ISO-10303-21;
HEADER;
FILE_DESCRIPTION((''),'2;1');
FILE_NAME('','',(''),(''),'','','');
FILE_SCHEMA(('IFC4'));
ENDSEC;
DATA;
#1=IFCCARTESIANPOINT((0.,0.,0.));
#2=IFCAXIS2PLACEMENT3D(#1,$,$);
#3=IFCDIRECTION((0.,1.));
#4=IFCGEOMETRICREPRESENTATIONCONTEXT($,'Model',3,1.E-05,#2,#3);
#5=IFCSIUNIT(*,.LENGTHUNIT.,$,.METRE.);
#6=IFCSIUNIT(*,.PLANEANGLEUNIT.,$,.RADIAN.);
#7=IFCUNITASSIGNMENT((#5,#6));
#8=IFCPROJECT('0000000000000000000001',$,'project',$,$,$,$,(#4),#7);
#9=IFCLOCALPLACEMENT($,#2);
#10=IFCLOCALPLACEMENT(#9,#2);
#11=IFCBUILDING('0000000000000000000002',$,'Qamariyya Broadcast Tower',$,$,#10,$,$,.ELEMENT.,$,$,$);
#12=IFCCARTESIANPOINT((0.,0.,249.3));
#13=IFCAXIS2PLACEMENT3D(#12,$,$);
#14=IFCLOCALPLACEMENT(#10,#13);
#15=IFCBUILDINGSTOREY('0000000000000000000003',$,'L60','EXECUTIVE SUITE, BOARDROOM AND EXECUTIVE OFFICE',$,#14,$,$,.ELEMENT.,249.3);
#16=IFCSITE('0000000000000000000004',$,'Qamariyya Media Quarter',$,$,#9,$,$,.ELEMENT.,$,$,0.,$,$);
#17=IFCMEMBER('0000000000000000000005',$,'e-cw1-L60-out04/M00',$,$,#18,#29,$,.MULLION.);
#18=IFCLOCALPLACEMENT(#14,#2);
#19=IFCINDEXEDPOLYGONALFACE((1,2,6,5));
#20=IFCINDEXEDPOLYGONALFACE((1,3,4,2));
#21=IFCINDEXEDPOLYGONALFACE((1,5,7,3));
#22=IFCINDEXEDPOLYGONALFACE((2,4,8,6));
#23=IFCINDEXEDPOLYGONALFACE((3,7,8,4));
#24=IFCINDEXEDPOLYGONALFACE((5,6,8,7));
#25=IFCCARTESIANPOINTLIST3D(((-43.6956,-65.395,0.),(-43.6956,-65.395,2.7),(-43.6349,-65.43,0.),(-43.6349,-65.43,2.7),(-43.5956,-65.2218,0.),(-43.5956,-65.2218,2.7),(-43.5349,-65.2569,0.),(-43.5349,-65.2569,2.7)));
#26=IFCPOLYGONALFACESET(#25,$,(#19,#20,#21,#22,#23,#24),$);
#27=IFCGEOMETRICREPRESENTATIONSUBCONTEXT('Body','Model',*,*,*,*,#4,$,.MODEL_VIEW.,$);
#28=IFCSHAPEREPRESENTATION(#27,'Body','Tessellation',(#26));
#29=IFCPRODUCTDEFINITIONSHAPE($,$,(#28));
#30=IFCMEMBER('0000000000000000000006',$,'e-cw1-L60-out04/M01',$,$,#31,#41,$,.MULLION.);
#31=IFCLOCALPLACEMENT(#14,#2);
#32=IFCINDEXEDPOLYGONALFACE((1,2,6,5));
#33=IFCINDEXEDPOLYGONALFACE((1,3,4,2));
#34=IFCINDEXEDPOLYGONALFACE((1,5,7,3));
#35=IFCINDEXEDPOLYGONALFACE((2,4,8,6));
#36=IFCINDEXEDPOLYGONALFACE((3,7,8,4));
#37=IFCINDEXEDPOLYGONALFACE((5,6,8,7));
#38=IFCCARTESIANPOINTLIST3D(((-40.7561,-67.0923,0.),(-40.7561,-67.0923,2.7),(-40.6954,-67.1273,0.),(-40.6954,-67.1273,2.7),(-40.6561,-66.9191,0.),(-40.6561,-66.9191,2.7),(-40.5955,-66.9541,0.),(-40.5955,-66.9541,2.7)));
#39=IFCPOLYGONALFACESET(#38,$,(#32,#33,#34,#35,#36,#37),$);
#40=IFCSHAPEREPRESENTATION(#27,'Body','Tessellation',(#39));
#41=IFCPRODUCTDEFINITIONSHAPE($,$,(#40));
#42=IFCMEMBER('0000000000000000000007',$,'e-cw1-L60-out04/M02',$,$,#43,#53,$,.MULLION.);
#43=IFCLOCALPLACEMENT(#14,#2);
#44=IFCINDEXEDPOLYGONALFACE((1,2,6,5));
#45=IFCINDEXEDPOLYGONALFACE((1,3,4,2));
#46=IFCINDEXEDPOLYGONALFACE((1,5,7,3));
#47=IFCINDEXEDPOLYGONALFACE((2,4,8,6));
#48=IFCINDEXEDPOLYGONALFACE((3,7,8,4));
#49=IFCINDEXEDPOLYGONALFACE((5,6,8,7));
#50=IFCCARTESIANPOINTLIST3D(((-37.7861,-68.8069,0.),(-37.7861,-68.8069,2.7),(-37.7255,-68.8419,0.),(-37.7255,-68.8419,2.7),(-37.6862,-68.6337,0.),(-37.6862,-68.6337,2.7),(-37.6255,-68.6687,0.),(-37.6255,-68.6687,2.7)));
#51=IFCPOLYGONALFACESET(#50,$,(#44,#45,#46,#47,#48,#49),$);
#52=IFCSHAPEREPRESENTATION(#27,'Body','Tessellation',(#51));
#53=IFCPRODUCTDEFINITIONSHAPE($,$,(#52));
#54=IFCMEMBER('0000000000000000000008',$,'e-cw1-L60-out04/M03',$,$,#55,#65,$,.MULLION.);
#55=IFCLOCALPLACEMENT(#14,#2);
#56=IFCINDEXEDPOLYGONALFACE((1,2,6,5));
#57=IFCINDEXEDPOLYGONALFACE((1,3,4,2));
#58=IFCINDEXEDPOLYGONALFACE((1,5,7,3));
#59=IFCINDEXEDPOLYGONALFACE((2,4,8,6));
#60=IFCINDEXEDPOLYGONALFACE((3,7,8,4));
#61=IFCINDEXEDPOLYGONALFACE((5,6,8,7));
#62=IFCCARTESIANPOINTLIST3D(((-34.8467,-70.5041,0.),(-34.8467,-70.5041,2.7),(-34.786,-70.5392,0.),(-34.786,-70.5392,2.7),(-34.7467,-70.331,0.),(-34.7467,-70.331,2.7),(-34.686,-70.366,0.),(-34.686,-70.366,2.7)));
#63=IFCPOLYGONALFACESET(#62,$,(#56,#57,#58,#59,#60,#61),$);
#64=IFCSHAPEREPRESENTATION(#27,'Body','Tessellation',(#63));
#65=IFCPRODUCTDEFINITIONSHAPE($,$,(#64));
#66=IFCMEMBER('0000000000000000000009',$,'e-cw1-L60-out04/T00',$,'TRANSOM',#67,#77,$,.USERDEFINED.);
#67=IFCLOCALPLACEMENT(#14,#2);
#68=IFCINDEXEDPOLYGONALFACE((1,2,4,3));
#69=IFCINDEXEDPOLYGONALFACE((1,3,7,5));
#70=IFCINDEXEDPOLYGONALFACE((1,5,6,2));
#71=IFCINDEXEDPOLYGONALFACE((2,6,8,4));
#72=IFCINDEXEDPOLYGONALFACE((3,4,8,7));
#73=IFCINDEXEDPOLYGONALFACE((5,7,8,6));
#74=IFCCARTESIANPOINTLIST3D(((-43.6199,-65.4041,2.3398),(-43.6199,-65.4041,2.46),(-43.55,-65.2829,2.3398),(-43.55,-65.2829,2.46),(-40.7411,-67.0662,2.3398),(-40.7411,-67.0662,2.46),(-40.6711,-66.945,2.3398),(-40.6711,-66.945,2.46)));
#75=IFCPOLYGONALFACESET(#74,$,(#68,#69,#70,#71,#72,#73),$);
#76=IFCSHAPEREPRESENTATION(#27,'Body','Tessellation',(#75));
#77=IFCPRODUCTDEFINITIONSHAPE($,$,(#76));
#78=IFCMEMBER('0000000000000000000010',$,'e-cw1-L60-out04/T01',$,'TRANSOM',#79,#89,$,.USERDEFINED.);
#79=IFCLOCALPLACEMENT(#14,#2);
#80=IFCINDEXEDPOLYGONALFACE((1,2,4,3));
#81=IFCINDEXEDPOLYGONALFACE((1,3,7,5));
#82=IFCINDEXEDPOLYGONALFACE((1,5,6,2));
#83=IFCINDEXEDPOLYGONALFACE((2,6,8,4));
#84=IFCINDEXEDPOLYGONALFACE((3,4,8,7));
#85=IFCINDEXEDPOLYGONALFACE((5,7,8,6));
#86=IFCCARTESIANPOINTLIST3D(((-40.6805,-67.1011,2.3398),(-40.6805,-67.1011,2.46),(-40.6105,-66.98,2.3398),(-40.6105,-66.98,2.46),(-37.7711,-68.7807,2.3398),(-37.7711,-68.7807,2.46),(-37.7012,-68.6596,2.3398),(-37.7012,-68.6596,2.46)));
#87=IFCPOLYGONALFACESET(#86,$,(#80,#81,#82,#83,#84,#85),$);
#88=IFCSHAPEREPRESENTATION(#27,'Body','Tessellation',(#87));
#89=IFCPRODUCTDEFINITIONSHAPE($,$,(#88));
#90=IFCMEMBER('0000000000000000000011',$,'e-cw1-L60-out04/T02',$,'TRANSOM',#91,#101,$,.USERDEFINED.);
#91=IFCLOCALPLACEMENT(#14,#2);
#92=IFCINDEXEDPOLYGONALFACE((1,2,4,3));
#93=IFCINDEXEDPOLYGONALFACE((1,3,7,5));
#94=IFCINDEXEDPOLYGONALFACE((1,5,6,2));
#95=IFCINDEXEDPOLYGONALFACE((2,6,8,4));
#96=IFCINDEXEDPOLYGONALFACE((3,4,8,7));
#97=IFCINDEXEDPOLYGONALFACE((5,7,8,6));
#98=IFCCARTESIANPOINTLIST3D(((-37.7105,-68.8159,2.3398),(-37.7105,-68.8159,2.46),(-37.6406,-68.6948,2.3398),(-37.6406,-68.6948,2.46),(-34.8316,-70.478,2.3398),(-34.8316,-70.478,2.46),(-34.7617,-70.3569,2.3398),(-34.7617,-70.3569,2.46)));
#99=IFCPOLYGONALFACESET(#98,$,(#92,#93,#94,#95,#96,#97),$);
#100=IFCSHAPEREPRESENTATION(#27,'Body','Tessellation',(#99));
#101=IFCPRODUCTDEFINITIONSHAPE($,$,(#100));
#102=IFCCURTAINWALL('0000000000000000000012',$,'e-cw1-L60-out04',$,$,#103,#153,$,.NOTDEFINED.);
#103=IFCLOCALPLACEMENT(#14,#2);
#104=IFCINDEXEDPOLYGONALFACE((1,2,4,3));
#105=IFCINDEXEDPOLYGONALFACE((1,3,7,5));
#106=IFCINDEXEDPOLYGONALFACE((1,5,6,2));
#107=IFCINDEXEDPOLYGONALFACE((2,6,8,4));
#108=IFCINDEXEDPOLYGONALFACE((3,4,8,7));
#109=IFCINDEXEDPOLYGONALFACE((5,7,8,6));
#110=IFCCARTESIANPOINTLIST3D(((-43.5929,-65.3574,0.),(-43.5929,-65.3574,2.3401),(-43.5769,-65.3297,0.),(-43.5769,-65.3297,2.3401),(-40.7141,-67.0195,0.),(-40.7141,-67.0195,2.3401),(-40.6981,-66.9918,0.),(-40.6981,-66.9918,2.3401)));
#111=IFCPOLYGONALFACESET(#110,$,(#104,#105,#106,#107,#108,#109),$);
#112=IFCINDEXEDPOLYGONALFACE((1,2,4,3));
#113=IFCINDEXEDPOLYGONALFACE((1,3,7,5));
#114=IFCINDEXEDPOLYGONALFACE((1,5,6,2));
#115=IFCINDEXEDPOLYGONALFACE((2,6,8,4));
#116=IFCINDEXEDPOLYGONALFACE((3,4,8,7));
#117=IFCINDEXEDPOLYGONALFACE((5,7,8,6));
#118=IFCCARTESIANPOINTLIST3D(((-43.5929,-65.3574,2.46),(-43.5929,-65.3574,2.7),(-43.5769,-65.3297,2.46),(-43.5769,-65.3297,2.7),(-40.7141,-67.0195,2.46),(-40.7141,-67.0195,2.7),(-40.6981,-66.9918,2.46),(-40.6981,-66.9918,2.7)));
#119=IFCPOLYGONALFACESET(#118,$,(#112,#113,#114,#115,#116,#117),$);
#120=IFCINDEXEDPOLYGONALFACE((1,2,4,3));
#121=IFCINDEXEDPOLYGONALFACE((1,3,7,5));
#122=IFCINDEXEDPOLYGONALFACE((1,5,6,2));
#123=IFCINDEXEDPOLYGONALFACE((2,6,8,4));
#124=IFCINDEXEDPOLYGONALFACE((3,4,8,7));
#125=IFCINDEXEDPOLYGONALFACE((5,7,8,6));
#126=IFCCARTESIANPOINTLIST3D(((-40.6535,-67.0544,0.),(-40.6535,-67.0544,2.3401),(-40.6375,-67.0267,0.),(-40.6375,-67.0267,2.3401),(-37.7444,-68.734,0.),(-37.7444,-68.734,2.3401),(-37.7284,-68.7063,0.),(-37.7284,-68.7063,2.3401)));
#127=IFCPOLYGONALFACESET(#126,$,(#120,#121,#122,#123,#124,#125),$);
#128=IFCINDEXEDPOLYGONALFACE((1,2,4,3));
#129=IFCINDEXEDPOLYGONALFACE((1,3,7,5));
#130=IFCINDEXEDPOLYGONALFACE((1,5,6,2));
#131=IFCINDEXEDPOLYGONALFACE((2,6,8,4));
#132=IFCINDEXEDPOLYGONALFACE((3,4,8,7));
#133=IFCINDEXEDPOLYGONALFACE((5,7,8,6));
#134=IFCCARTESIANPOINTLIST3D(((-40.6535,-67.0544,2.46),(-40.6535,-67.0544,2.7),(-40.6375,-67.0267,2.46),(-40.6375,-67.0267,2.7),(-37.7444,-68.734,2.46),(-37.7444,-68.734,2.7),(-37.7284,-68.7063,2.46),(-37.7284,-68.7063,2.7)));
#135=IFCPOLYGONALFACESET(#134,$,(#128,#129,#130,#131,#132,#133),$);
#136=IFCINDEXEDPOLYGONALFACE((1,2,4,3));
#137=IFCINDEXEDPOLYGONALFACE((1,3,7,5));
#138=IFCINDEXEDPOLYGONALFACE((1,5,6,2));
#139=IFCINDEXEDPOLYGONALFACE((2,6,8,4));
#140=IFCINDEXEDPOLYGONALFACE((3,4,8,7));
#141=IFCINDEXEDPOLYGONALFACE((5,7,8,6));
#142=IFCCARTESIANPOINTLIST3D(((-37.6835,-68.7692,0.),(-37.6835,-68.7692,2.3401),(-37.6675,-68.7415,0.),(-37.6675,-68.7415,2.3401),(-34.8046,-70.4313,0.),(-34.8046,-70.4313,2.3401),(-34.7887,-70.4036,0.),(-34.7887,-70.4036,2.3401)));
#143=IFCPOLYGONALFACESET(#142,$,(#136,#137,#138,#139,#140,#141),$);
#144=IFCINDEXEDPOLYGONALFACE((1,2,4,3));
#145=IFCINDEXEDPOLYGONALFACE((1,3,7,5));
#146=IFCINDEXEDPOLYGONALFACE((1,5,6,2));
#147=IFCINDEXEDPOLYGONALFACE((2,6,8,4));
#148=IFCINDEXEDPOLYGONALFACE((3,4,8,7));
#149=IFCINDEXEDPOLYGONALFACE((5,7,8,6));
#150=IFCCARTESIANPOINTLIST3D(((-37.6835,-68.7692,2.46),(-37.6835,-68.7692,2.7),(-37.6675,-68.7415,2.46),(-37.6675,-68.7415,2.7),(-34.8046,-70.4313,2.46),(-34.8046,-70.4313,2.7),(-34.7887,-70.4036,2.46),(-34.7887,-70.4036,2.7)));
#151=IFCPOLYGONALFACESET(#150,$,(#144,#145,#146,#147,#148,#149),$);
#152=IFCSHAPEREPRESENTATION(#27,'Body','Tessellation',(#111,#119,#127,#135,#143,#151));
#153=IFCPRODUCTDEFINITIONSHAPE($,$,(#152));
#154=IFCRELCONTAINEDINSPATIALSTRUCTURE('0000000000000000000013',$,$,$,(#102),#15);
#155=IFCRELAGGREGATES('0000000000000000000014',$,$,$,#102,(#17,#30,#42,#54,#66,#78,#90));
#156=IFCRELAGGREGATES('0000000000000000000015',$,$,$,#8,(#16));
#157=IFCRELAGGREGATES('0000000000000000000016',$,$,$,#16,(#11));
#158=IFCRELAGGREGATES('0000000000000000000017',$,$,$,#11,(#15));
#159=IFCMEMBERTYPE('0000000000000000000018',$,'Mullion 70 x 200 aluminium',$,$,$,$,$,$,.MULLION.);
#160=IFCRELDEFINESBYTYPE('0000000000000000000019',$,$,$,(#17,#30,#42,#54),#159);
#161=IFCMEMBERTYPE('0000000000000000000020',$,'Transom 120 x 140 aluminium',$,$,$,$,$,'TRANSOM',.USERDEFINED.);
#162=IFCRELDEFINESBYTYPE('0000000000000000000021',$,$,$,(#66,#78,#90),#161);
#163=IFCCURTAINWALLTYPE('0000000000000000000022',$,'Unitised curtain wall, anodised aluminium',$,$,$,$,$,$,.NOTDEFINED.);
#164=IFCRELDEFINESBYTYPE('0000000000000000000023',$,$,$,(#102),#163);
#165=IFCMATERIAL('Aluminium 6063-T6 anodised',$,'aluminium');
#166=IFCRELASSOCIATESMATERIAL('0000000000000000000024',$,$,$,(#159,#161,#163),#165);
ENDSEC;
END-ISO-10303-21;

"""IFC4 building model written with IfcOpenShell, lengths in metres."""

from ifc_helpers import new_model, si_unit, direction, frame, origin, origin_2d, place, context, subcontext, project, spatial, rectangle, extrude, material, material_profile, profile_set, type_object, element, aggregate, save


model = new_model("IFC4")

# Units and contexts
model_context = context("Model", 3, precision=1e-05, world=origin(), true_north=direction((0.0, 1.0)))
body_context = subcontext(model_context, "Body", "Model", "MODEL_VIEW")
ifc_project = project(units=[si_unit("LENGTHUNIT", "METRE"), si_unit("PLANEANGLEUNIT", "RADIAN")], contexts=[model_context])

# Members
ifc_material = material(Name="Aluminium 6063-T6 anodised", Category="aluminium")
ifc_material_profile_1 = material_profile(ifc_material, rectangle(XDim=0.2, YDim=0.0701, at=origin_2d()))
ifc_profile_set_1 = profile_set([ifc_material_profile_1], Name="Aluminium 6063-T6 anodised")
member_type_1 = type_object("IfcMemberType", Name="Mullion 70 x 200 aluminium", PredefinedType="MULLION", material=ifc_profile_set_1)
site_placement = place(None, origin())
building_placement = place(site_placement, origin())
storey_placement = place(building_placement, frame((0.0, 0.0, 249.3)))
member_1_placement = place(storey_placement, frame((-43.6152, -65.3259, 0.0), z_axis=(0.0, 0.0, 1.0), x_axis=(0.5, 0.866025, 0.0)))
member_1 = element("IfcMember", 1, at=member_1_placement, type_object=member_type_1, Name="e-cw1-L60-out04/M00", PredefinedType="MULLION", context=body_context, shape_type="SweptSolid", body=[
    extrude(rectangle(XDim=0.2, YDim=0.0701, at=origin_2d()), origin(), (0.0, 0.0, 1.0), 2.7),
])
member_2_placement = place(storey_placement, frame((-40.6758, -67.0232, 0.0), z_axis=(0.0, 0.0, 1.0), x_axis=(0.5, 0.866025, 0.0)))
member_2 = element("IfcMember", 2, at=member_2_placement, type_object=member_type_1, Name="e-cw1-L60-out04/M01", PredefinedType="MULLION", context=body_context, shape_type="SweptSolid", body=[
    extrude(rectangle(XDim=0.2, YDim=0.0701, at=origin_2d()), origin(), (0.0, 0.0, 1.0), 2.7),
])
member_3_placement = place(storey_placement, frame((-37.7058, -68.7378, 0.0), z_axis=(0.0, 0.0, 1.0), x_axis=(0.5, 0.866025, 0.0)))
member_3 = element("IfcMember", 3, at=member_3_placement, type_object=member_type_1, Name="e-cw1-L60-out04/M02", PredefinedType="MULLION", context=body_context, shape_type="SweptSolid", body=[
    extrude(rectangle(XDim=0.2, YDim=0.0701, at=origin_2d()), origin(), (0.0, 0.0, 1.0), 2.7),
])
member_4_placement = place(storey_placement, frame((-34.7664, -70.4351, 0.0), z_axis=(0.0, 0.0, 1.0), x_axis=(0.5, 0.866025, 0.0)))
member_4 = element("IfcMember", 4, at=member_4_placement, type_object=member_type_1, Name="e-cw1-L60-out04/M03", PredefinedType="MULLION", context=body_context, shape_type="SweptSolid", body=[
    extrude(rectangle(XDim=0.2, YDim=0.0701, at=origin_2d()), origin(), (0.0, 0.0, 1.0), 2.7),
])
ifc_material_profile_2 = material_profile(ifc_material, rectangle(XDim=0.1399, YDim=0.1201, at=origin_2d()))
ifc_profile_set_2 = profile_set([ifc_material_profile_2], Name="Aluminium 6063-T6 anodised")
member_type_2 = type_object("IfcMemberType", Name="Transom 120 x 140 aluminium", ElementType="TRANSOM", PredefinedType="USERDEFINED", material=ifc_profile_set_2)
member_5_placement = place(storey_placement, frame((-43.585, -65.3435, 2.3999), z_axis=(0.866029, -0.499994, 0.0), x_axis=(0.499994, 0.866029, 0.0)))
member_5 = element("IfcMember", 5, at=member_5_placement, type_object=member_type_2, Name="e-cw1-L60-out04/T00", ObjectType="TRANSOM", PredefinedType="USERDEFINED", context=body_context, shape_type="SweptSolid", body=[
    extrude(rectangle(XDim=0.1399, YDim=0.1201, at=origin_2d()), origin(), (0.0, 0.0, 1.0), 3.3242),
])
member_6_placement = place(storey_placement, frame((-40.6455, -67.0405, 2.3999), z_axis=(0.866034, -0.499985, 0.0), x_axis=(0.499985, 0.866034, 0.0)))
member_6 = element("IfcMember", 6, at=member_6_placement, type_object=member_type_2, Name="e-cw1-L60-out04/T01", ObjectType="TRANSOM", PredefinedType="USERDEFINED", context=body_context, shape_type="SweptSolid", body=[
    extrude(rectangle(XDim=0.1399, YDim=0.1201, at=origin_2d()), origin(), (0.0, 0.0, 1.0), 3.3594),
])
member_7_placement = place(storey_placement, frame((-37.6755, -68.7554, 2.3999), z_axis=(0.866029, -0.499994, 0.0), x_axis=(0.499994, 0.866029, 0.0)))
member_7 = element("IfcMember", 7, at=member_7_placement, type_object=member_type_2, Name="e-cw1-L60-out04/T02", ObjectType="TRANSOM", PredefinedType="USERDEFINED", context=body_context, shape_type="SweptSolid", body=[
    extrude(rectangle(XDim=0.1399, YDim=0.1201, at=origin_2d()), origin(), (0.0, 0.0, 1.0), 3.3242),
])

# Site, building, storey
site = spatial("IfcSite", under=ifc_project, at=site_placement, Name="Qamariyya Media Quarter", CompositionType="ELEMENT", RefElevation=0.0)
building = spatial("IfcBuilding", under=site, at=building_placement, Name="Qamariyya Broadcast Tower", CompositionType="ELEMENT")
storey = spatial("IfcBuildingStorey", under=building, at=storey_placement, Name="L60", Description="EXECUTIVE SUITE, BOARDROOM AND EXECUTIVE OFFICE", CompositionType="ELEMENT", Elevation=249.3)

# Curtain wall
curtain_wall_type = type_object("IfcCurtainWallType", Name="Unitised curtain wall, anodised aluminium", PredefinedType="NOTDEFINED", material=ifc_material)
curtain_wall_1_placement = place(storey_placement, origin())
curtain_wall_1 = element("IfcCurtainWall", 8, at=curtain_wall_1_placement, inside=storey, type_object=curtain_wall_type, Name="e-cw1-L60-out04", PredefinedType="NOTDEFINED", context=body_context, shape_type="SweptSolid", body=[
    extrude(rectangle(XDim=3.3242, YDim=0.032, at=origin_2d()), frame((-42.1455, -66.1746, 0.0), x_axis=(0.866028, -0.499996, 0.0)), (0.0, 0.0, 1.0), 2.3401),
    extrude(rectangle(XDim=3.3242, YDim=0.032, at=origin_2d()), frame((-42.1455, -66.1746, 2.46), x_axis=(0.866028, -0.499996, 0.0)), (0.0, 0.0, 1.0), 0.24),
    extrude(rectangle(XDim=3.3591, YDim=0.032, at=origin_2d()), frame((-39.1909, -67.8804, 0.0), x_axis=(0.866028, -0.499996, 0.0)), (0.0, 0.0, 1.0), 2.3401),
    extrude(rectangle(XDim=3.3591, YDim=0.032, at=origin_2d()), frame((-39.1909, -67.8804, 2.46), x_axis=(0.866028, -0.499996, 0.0)), (0.0, 0.0, 1.0), 0.24),
    extrude(rectangle(XDim=3.3242, YDim=0.032, at=origin_2d()), frame((-36.2361, -69.5864, 0.0), x_axis=(0.866028, -0.499996, 0.0)), (0.0, 0.0, 1.0), 2.3401),
    extrude(rectangle(XDim=3.3242, YDim=0.032, at=origin_2d()), frame((-36.2361, -69.5864, 2.46), x_axis=(0.866028, -0.499996, 0.0)), (0.0, 0.0, 1.0), 0.24),
])
aggregate(curtain_wall_1, [member_1, member_2, member_3, member_4, member_5, member_6, member_7])

save(model, "model.ifc")
